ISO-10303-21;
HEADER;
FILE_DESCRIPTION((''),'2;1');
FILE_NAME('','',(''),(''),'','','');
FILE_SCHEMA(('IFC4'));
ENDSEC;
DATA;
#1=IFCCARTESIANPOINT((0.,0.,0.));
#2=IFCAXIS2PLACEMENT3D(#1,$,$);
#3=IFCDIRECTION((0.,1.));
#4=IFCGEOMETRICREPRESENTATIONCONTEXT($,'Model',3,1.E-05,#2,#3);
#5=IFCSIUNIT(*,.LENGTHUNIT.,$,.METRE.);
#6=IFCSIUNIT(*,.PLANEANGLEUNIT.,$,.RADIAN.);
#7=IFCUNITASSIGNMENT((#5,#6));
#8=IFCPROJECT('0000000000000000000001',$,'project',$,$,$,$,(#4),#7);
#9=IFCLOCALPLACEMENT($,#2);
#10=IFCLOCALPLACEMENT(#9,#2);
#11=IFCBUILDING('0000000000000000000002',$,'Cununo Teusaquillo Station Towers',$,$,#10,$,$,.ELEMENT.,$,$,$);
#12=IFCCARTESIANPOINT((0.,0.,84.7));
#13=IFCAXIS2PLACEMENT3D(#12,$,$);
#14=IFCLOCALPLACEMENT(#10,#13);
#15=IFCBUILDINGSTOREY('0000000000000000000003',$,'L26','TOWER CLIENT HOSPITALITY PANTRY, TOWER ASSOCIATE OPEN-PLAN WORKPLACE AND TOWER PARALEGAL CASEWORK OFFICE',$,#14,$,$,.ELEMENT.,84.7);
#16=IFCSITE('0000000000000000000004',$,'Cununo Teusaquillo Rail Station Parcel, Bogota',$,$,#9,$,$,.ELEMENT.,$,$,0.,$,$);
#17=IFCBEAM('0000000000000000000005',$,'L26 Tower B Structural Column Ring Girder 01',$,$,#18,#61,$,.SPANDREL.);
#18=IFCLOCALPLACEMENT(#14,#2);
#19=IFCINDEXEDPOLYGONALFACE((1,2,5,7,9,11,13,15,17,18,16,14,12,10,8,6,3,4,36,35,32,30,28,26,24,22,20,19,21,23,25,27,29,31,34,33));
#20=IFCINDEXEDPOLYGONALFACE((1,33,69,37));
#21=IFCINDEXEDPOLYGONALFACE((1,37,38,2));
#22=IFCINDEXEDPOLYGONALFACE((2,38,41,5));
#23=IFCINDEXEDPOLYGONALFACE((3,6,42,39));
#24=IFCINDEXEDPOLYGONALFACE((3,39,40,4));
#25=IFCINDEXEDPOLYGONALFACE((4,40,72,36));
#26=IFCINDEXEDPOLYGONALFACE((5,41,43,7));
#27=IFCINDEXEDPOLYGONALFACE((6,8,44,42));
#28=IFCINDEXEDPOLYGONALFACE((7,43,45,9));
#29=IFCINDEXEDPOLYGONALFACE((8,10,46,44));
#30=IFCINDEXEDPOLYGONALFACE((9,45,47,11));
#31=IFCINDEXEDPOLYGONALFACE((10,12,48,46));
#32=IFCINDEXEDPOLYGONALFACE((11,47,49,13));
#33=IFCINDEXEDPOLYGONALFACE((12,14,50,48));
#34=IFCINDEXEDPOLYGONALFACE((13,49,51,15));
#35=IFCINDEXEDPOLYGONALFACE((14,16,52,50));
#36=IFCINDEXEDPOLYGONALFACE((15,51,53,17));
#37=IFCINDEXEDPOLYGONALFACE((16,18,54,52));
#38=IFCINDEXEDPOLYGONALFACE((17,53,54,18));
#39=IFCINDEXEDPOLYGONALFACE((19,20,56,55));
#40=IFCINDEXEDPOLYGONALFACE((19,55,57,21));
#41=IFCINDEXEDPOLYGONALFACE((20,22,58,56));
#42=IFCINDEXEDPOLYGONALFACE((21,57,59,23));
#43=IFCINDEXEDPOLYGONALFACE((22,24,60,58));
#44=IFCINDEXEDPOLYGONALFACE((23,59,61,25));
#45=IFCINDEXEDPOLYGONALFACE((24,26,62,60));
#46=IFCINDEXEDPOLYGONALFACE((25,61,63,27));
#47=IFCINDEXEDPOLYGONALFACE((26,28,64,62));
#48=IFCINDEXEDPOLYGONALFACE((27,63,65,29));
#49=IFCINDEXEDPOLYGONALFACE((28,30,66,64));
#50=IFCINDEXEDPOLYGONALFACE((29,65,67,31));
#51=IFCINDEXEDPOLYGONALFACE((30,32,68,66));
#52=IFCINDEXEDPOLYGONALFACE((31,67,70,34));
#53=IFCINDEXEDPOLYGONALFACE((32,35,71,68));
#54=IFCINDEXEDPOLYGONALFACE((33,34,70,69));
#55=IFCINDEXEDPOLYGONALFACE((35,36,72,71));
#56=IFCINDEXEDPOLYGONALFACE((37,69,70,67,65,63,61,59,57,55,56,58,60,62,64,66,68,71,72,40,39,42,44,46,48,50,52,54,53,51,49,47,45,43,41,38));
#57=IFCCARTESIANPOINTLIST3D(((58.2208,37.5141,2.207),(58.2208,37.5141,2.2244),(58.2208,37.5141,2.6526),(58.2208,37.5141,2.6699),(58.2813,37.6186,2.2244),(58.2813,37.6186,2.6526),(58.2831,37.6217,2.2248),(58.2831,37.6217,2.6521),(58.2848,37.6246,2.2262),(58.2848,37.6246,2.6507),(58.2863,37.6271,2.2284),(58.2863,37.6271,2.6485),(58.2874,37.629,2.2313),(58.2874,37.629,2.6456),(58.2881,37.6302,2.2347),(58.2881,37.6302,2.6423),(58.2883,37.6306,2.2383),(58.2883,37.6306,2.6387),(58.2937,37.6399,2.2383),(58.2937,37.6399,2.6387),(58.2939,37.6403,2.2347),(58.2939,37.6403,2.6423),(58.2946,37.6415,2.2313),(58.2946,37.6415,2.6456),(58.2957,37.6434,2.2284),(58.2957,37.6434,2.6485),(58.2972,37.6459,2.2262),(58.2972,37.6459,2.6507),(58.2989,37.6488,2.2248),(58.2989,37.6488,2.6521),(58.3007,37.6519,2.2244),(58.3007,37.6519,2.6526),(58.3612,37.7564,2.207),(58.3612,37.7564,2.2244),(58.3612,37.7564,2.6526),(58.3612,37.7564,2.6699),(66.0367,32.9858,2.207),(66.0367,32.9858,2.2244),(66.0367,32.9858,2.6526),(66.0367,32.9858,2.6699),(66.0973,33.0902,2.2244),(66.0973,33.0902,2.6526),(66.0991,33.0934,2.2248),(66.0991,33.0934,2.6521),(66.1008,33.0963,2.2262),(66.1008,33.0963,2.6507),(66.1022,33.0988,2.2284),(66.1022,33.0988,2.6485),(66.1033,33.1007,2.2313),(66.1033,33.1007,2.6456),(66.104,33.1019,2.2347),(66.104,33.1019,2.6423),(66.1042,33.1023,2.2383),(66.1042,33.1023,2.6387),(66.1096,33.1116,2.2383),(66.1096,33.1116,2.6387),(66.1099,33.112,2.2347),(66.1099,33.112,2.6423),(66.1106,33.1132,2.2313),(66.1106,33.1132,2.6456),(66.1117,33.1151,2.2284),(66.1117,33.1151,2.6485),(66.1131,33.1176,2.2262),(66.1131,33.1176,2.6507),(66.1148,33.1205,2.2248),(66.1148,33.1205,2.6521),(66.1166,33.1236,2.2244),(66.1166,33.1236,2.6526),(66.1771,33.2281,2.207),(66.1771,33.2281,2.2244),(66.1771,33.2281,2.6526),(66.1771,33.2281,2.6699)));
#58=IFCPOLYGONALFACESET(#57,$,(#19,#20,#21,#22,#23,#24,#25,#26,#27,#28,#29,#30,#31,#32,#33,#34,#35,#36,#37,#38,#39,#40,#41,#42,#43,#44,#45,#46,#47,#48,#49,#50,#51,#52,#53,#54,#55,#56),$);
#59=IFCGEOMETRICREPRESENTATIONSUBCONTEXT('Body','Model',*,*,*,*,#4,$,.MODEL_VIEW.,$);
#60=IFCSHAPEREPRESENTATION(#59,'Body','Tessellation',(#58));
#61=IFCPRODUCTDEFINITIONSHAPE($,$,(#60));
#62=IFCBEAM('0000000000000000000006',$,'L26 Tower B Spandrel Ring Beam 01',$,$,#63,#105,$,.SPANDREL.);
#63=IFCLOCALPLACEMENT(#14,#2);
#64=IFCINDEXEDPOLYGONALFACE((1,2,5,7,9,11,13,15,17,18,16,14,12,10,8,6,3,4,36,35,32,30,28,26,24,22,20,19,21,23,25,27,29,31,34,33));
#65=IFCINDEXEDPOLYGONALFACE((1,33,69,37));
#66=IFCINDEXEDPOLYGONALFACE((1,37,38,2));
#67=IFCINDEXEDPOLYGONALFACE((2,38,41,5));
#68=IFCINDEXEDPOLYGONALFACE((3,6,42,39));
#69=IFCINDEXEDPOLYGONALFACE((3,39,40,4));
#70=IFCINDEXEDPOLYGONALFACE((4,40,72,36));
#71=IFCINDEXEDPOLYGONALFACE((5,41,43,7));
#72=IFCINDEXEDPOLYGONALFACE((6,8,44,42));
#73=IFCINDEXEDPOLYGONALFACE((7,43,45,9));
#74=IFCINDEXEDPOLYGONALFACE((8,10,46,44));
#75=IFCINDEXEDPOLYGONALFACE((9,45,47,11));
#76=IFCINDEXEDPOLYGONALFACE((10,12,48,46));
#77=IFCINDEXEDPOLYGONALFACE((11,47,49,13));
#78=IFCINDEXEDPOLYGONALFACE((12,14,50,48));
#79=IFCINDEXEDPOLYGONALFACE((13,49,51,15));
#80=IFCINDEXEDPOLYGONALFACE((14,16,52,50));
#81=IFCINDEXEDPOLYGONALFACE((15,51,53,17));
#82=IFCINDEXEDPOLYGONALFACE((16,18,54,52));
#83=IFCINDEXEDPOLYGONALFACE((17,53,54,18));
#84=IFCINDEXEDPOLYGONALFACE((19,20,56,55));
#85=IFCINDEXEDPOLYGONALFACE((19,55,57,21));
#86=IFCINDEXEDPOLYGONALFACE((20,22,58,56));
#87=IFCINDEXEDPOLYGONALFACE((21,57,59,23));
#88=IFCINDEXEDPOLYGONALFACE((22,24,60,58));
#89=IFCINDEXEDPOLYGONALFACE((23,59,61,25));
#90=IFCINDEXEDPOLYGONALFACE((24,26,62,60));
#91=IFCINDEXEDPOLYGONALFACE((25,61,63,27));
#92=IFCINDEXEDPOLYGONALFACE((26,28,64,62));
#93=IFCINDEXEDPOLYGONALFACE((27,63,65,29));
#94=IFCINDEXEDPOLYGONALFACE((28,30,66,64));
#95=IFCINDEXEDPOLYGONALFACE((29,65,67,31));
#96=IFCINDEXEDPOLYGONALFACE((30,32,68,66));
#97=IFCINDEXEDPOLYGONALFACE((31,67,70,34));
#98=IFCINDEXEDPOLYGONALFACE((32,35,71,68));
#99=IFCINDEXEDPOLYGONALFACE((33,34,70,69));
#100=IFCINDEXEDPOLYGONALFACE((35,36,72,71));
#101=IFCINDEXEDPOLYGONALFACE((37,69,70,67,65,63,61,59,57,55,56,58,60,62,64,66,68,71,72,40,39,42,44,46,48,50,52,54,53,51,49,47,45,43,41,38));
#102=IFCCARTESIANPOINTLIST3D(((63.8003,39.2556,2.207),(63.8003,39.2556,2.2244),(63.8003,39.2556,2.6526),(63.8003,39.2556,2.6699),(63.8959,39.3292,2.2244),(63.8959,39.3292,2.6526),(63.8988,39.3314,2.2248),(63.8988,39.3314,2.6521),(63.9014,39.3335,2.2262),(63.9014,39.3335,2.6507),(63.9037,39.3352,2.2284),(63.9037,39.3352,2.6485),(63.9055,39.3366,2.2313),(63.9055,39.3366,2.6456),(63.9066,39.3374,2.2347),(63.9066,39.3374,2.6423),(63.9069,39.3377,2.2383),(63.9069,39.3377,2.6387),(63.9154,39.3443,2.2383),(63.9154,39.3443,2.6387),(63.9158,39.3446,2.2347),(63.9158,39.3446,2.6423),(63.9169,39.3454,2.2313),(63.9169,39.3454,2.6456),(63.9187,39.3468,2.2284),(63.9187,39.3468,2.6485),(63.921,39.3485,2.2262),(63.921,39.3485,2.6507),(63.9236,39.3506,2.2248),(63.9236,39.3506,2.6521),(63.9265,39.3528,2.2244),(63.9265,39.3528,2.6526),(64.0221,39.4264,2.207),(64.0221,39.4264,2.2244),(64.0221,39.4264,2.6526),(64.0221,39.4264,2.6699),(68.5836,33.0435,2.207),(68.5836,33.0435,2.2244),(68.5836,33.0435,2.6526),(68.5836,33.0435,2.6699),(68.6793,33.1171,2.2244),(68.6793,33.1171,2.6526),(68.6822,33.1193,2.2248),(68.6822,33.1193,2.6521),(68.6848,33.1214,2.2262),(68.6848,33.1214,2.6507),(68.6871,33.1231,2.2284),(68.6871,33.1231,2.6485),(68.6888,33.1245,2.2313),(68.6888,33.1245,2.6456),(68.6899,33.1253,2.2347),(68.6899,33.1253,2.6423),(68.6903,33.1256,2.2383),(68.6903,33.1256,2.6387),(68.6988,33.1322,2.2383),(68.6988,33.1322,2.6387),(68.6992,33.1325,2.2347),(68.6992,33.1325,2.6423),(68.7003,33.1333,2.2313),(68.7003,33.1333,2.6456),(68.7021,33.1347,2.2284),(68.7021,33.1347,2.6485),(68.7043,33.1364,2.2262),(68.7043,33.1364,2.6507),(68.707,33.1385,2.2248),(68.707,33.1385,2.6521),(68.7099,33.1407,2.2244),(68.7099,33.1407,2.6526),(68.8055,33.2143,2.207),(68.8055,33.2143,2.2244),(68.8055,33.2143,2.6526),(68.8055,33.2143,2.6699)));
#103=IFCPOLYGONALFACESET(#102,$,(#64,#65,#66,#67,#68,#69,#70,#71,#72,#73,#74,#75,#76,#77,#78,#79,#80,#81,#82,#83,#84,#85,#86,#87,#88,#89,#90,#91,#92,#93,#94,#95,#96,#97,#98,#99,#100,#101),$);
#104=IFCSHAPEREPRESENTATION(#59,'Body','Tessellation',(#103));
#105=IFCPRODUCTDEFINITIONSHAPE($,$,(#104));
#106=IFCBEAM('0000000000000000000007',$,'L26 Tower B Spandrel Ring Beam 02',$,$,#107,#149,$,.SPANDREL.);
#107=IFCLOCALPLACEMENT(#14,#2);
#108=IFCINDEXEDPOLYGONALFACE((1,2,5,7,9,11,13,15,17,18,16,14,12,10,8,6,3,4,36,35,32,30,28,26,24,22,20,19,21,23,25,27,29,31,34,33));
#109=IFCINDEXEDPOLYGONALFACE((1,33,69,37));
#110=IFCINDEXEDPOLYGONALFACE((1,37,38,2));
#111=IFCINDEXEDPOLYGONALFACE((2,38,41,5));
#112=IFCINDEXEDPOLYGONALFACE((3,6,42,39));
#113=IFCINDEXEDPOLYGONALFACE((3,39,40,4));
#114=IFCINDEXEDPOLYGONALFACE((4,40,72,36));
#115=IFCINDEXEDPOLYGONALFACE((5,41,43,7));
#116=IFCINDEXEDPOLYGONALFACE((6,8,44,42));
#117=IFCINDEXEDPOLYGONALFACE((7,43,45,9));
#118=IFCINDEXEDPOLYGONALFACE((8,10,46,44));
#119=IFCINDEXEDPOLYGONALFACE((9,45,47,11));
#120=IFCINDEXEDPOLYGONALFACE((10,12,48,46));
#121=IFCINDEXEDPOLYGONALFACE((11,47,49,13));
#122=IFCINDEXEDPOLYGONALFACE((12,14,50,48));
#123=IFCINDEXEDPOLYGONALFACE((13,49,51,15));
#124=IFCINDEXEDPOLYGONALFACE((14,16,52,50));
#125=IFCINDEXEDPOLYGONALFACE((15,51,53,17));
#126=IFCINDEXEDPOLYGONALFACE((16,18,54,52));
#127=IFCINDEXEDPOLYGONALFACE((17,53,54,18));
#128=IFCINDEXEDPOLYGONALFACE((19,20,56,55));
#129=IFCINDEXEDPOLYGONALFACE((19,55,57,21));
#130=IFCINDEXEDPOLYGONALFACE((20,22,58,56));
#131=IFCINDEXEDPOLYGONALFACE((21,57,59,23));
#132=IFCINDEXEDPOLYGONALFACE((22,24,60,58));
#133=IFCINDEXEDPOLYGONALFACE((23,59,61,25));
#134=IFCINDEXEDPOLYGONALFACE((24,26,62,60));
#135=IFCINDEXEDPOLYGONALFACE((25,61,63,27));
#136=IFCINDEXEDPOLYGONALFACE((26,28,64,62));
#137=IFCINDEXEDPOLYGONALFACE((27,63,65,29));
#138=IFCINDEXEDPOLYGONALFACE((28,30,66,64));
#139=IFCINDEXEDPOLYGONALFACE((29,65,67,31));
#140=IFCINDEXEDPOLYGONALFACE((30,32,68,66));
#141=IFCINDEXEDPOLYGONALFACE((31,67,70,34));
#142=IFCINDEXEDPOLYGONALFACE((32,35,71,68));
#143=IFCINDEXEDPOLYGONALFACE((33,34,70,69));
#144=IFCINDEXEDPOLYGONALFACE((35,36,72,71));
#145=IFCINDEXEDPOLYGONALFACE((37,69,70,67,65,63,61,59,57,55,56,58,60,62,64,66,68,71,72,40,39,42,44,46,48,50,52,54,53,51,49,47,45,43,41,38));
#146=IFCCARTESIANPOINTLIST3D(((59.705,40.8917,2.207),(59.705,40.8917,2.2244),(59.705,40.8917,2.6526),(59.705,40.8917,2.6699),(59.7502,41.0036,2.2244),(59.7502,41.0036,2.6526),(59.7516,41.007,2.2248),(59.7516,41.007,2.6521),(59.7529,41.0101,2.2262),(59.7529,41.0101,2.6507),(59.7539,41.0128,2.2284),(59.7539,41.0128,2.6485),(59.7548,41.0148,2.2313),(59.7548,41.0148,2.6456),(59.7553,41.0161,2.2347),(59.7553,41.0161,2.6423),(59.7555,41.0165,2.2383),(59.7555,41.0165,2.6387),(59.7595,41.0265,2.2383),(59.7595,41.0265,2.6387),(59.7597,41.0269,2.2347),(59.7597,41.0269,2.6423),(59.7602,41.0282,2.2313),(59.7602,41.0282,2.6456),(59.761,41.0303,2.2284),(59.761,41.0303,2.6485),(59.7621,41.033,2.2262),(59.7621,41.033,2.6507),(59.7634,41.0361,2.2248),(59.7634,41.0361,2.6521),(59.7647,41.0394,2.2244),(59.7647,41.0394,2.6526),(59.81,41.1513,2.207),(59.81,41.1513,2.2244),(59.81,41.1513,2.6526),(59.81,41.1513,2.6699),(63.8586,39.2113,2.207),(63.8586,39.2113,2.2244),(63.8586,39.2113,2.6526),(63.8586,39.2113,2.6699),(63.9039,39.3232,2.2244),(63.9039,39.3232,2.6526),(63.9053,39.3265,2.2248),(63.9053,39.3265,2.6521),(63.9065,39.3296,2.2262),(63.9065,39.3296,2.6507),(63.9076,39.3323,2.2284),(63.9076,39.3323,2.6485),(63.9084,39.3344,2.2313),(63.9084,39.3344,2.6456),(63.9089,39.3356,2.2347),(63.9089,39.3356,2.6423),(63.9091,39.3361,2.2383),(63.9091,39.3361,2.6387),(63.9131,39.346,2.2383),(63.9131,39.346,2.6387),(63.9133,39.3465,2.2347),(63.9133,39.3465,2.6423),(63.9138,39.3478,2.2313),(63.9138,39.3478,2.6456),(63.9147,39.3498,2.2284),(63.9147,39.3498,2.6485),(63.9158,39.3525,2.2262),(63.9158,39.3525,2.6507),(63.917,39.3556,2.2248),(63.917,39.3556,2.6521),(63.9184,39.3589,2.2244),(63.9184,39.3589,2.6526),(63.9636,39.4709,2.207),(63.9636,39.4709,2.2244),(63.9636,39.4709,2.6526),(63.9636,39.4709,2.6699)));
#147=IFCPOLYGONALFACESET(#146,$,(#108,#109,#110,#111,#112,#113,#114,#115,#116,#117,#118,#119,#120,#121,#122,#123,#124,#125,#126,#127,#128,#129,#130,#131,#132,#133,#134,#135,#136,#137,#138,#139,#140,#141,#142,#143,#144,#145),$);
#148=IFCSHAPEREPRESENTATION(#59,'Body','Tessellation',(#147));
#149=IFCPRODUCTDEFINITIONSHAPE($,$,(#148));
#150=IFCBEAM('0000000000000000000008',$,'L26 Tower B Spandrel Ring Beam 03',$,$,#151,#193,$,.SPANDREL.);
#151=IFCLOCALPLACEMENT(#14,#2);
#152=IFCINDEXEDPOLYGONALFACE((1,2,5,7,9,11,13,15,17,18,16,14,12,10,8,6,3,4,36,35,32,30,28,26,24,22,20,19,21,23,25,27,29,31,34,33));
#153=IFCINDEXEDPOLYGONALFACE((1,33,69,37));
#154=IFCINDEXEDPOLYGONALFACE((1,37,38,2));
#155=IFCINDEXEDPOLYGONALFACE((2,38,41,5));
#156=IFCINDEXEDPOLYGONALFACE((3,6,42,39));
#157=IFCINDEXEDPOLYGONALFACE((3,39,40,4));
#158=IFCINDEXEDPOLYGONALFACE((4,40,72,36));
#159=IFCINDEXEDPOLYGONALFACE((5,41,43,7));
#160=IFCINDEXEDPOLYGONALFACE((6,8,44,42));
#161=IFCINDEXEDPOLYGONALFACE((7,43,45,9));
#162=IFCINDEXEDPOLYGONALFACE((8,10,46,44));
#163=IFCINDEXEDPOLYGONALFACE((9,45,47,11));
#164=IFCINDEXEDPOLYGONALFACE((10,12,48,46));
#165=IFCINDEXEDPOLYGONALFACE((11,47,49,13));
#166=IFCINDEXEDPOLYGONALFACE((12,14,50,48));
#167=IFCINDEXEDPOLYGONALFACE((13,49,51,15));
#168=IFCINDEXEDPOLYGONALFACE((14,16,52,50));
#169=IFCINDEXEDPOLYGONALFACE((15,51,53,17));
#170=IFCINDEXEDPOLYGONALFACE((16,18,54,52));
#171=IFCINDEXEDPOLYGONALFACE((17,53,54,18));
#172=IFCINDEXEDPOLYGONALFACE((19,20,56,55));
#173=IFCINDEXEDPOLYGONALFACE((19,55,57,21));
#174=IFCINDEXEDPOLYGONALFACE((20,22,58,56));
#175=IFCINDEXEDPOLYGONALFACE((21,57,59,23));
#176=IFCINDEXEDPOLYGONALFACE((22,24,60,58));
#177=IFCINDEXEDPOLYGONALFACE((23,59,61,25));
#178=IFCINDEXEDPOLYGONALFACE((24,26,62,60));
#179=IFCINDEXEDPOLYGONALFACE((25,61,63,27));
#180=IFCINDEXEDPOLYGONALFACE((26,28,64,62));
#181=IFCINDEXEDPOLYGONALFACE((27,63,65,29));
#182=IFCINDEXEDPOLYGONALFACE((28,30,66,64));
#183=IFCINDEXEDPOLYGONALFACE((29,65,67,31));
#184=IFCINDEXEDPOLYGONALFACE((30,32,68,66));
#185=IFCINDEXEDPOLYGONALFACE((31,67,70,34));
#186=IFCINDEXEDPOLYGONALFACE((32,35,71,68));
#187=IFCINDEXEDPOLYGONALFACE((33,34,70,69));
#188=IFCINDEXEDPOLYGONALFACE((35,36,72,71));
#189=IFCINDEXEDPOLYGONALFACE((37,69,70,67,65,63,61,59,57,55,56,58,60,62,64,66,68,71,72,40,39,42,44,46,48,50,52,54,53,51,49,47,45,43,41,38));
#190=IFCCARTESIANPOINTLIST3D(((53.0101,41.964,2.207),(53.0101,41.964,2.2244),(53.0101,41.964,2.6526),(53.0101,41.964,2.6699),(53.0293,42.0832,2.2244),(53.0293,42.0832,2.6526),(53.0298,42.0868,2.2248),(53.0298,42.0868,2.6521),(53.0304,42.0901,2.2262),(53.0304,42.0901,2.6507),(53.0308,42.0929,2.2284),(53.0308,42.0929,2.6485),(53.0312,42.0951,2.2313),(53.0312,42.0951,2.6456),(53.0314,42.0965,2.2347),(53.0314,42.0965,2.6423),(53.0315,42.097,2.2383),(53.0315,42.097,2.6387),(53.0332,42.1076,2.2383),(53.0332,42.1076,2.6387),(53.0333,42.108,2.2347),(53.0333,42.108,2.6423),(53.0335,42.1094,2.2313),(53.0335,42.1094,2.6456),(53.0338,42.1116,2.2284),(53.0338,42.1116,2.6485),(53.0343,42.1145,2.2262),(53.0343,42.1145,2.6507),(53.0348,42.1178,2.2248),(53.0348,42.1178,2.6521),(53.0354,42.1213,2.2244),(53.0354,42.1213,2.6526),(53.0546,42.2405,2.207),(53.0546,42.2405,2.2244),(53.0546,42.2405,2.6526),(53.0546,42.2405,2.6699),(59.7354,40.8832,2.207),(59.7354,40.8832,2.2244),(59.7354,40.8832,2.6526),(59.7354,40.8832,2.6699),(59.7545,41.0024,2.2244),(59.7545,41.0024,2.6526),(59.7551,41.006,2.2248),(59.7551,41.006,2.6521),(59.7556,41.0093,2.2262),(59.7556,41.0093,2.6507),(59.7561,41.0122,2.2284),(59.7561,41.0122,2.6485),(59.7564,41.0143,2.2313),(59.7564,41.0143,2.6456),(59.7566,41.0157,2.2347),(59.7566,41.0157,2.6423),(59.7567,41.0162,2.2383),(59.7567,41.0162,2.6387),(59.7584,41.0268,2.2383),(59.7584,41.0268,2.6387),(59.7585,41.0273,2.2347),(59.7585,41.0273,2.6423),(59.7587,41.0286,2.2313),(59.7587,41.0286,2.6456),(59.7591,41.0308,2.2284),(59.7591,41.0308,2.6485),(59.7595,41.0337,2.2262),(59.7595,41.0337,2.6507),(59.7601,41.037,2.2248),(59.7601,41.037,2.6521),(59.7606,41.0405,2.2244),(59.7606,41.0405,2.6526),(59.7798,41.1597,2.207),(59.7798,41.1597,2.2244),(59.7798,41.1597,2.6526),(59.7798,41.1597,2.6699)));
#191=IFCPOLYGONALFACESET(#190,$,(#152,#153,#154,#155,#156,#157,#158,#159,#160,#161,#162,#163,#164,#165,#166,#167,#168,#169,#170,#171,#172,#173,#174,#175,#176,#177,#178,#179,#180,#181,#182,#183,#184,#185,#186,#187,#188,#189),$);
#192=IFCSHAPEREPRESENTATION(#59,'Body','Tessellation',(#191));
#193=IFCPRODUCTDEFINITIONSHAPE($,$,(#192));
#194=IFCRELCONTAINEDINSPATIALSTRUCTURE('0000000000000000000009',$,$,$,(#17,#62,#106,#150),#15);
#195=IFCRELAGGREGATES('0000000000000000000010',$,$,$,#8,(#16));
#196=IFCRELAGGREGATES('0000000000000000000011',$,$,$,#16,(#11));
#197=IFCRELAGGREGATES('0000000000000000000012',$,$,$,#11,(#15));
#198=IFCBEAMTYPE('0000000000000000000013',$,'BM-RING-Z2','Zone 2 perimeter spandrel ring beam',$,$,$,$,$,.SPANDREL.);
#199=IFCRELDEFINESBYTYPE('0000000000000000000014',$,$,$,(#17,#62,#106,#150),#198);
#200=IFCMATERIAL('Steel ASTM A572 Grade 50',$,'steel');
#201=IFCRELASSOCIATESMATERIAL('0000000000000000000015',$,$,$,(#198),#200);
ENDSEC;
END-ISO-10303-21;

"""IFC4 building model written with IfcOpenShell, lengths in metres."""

from ifc_helpers import new_model, si_unit, direction, frame, origin, origin_2d, place, context, subcontext, project, spatial, i_section, extrude, material, material_profile, profile_set, type_object, element, save


model = new_model("IFC4")

# Units and contexts
model_context = context("Model", 3, precision=1e-05, world=origin(), true_north=direction((0.0, 1.0)))
body_context = subcontext(model_context, "Body", "Model", "MODEL_VIEW")
ifc_project = project(units=[si_unit("LENGTHUNIT", "METRE"), si_unit("PLANEANGLEUNIT", "RADIAN")], contexts=[model_context])

# Site, building, storey
site_placement = place(None, origin())
site = spatial("IfcSite", under=ifc_project, at=site_placement, Name="Cununo Teusaquillo Rail Station Parcel, Bogota", CompositionType="ELEMENT", RefElevation=0.0)
building_placement = place(site_placement, origin())
building = spatial("IfcBuilding", under=site, at=building_placement, Name="Cununo Teusaquillo Station Towers", CompositionType="ELEMENT")
storey_placement = place(building_placement, frame((0.0, 0.0, 84.7)))
storey = spatial("IfcBuildingStorey", under=building, at=storey_placement, Name="L26", Description="TOWER CLIENT HOSPITALITY PANTRY, TOWER ASSOCIATE OPEN-PLAN WORKPLACE AND TOWER PARALEGAL CASEWORK OFFICE", CompositionType="ELEMENT", Elevation=84.7)

# Beams
ifc_material_1 = material(Name="Steel ASTM A572 Grade 50", Category="steel")
ifc_material_profile_1 = material_profile(ifc_material_1, i_section(OverallWidth=0.28, OverallDepth=0.4629, WebThickness=0.0107, FlangeThickness=0.0173, FilletRadius=0.0139, at=origin_2d()), Name="W18X76")
ifc_profile_set_1 = profile_set([ifc_material_profile_1], Name="Steel ASTM A572 Grade 50")
beam_type = type_object("IfcBeamType", Name="BM-RING-Z2", Description="Zone 2 perimeter spandrel ring beam", PredefinedType="SPANDREL", material=ifc_profile_set_1)
beam_1_placement = place(storey_placement, frame((66.1069, 33.1069, 2.4385), z_axis=(-0.865267, 0.501311, 0.0), x_axis=(-0.501311, -0.865267, 0.0)))
element("IfcBeam", 1, at=beam_1_placement, inside=storey, type_object=beam_type, Name="L26 Tower B Structural Column Ring Girder 01", PredefinedType="SPANDREL", context=body_context, shape_type="SweptSolid", body=[
    extrude(i_section(OverallWidth=0.28, OverallDepth=0.4629, WebThickness=0.0107, FlangeThickness=0.0173, FilletRadius=0.0139, at=origin_2d()), origin(), (0.0, 0.0, 1.0), 9.033),
])
beam_2_placement = place(storey_placement, frame((68.6946, 33.1289, 2.4385), z_axis=(-0.6101, 0.792324, 0.0), x_axis=(-0.792324, -0.6101, 0.0)))
element("IfcBeam", 2, at=beam_2_placement, inside=storey, type_object=beam_type, Name="L26 Tower B Spandrel Ring Beam 01", PredefinedType="SPANDREL", context=body_context, shape_type="SweptSolid", body=[
    extrude(i_section(OverallWidth=0.28, OverallDepth=0.4629, WebThickness=0.0107, FlangeThickness=0.0173, FilletRadius=0.0139, at=origin_2d()), origin(), (0.0, 0.0, 1.0), 7.8403),
])
beam_3_placement = place(storey_placement, frame((63.9111, 39.3411, 2.4385), z_axis=(-0.927008, 0.375042, 0.0), x_axis=(-0.375042, -0.927008, 0.0)))
element("IfcBeam", 3, at=beam_3_placement, inside=storey, type_object=beam_type, Name="L26 Tower B Spandrel Ring Beam 02", PredefinedType="SPANDREL", context=body_context, shape_type="SweptSolid", body=[
    extrude(i_section(OverallWidth=0.28, OverallDepth=0.4629, WebThickness=0.0107, FlangeThickness=0.0173, FilletRadius=0.0139, at=origin_2d()), origin(), (0.0, 0.0, 1.0), 4.4807),
])
beam_4_placement = place(storey_placement, frame((59.7576, 41.0215, 2.4385), z_axis=(-0.987331, 0.158671, 0.0), x_axis=(-0.158671, -0.987331, 0.0)))
element("IfcBeam", 4, at=beam_4_placement, inside=storey, type_object=beam_type, Name="L26 Tower B Spandrel Ring Beam 03", PredefinedType="SPANDREL", context=body_context, shape_type="SweptSolid", body=[
    extrude(i_section(OverallWidth=0.28, OverallDepth=0.4629, WebThickness=0.0107, FlangeThickness=0.0173, FilletRadius=0.0139, at=origin_2d()), origin(), (0.0, 0.0, 1.0), 6.8115),
])

save(model, "model.ifc")
